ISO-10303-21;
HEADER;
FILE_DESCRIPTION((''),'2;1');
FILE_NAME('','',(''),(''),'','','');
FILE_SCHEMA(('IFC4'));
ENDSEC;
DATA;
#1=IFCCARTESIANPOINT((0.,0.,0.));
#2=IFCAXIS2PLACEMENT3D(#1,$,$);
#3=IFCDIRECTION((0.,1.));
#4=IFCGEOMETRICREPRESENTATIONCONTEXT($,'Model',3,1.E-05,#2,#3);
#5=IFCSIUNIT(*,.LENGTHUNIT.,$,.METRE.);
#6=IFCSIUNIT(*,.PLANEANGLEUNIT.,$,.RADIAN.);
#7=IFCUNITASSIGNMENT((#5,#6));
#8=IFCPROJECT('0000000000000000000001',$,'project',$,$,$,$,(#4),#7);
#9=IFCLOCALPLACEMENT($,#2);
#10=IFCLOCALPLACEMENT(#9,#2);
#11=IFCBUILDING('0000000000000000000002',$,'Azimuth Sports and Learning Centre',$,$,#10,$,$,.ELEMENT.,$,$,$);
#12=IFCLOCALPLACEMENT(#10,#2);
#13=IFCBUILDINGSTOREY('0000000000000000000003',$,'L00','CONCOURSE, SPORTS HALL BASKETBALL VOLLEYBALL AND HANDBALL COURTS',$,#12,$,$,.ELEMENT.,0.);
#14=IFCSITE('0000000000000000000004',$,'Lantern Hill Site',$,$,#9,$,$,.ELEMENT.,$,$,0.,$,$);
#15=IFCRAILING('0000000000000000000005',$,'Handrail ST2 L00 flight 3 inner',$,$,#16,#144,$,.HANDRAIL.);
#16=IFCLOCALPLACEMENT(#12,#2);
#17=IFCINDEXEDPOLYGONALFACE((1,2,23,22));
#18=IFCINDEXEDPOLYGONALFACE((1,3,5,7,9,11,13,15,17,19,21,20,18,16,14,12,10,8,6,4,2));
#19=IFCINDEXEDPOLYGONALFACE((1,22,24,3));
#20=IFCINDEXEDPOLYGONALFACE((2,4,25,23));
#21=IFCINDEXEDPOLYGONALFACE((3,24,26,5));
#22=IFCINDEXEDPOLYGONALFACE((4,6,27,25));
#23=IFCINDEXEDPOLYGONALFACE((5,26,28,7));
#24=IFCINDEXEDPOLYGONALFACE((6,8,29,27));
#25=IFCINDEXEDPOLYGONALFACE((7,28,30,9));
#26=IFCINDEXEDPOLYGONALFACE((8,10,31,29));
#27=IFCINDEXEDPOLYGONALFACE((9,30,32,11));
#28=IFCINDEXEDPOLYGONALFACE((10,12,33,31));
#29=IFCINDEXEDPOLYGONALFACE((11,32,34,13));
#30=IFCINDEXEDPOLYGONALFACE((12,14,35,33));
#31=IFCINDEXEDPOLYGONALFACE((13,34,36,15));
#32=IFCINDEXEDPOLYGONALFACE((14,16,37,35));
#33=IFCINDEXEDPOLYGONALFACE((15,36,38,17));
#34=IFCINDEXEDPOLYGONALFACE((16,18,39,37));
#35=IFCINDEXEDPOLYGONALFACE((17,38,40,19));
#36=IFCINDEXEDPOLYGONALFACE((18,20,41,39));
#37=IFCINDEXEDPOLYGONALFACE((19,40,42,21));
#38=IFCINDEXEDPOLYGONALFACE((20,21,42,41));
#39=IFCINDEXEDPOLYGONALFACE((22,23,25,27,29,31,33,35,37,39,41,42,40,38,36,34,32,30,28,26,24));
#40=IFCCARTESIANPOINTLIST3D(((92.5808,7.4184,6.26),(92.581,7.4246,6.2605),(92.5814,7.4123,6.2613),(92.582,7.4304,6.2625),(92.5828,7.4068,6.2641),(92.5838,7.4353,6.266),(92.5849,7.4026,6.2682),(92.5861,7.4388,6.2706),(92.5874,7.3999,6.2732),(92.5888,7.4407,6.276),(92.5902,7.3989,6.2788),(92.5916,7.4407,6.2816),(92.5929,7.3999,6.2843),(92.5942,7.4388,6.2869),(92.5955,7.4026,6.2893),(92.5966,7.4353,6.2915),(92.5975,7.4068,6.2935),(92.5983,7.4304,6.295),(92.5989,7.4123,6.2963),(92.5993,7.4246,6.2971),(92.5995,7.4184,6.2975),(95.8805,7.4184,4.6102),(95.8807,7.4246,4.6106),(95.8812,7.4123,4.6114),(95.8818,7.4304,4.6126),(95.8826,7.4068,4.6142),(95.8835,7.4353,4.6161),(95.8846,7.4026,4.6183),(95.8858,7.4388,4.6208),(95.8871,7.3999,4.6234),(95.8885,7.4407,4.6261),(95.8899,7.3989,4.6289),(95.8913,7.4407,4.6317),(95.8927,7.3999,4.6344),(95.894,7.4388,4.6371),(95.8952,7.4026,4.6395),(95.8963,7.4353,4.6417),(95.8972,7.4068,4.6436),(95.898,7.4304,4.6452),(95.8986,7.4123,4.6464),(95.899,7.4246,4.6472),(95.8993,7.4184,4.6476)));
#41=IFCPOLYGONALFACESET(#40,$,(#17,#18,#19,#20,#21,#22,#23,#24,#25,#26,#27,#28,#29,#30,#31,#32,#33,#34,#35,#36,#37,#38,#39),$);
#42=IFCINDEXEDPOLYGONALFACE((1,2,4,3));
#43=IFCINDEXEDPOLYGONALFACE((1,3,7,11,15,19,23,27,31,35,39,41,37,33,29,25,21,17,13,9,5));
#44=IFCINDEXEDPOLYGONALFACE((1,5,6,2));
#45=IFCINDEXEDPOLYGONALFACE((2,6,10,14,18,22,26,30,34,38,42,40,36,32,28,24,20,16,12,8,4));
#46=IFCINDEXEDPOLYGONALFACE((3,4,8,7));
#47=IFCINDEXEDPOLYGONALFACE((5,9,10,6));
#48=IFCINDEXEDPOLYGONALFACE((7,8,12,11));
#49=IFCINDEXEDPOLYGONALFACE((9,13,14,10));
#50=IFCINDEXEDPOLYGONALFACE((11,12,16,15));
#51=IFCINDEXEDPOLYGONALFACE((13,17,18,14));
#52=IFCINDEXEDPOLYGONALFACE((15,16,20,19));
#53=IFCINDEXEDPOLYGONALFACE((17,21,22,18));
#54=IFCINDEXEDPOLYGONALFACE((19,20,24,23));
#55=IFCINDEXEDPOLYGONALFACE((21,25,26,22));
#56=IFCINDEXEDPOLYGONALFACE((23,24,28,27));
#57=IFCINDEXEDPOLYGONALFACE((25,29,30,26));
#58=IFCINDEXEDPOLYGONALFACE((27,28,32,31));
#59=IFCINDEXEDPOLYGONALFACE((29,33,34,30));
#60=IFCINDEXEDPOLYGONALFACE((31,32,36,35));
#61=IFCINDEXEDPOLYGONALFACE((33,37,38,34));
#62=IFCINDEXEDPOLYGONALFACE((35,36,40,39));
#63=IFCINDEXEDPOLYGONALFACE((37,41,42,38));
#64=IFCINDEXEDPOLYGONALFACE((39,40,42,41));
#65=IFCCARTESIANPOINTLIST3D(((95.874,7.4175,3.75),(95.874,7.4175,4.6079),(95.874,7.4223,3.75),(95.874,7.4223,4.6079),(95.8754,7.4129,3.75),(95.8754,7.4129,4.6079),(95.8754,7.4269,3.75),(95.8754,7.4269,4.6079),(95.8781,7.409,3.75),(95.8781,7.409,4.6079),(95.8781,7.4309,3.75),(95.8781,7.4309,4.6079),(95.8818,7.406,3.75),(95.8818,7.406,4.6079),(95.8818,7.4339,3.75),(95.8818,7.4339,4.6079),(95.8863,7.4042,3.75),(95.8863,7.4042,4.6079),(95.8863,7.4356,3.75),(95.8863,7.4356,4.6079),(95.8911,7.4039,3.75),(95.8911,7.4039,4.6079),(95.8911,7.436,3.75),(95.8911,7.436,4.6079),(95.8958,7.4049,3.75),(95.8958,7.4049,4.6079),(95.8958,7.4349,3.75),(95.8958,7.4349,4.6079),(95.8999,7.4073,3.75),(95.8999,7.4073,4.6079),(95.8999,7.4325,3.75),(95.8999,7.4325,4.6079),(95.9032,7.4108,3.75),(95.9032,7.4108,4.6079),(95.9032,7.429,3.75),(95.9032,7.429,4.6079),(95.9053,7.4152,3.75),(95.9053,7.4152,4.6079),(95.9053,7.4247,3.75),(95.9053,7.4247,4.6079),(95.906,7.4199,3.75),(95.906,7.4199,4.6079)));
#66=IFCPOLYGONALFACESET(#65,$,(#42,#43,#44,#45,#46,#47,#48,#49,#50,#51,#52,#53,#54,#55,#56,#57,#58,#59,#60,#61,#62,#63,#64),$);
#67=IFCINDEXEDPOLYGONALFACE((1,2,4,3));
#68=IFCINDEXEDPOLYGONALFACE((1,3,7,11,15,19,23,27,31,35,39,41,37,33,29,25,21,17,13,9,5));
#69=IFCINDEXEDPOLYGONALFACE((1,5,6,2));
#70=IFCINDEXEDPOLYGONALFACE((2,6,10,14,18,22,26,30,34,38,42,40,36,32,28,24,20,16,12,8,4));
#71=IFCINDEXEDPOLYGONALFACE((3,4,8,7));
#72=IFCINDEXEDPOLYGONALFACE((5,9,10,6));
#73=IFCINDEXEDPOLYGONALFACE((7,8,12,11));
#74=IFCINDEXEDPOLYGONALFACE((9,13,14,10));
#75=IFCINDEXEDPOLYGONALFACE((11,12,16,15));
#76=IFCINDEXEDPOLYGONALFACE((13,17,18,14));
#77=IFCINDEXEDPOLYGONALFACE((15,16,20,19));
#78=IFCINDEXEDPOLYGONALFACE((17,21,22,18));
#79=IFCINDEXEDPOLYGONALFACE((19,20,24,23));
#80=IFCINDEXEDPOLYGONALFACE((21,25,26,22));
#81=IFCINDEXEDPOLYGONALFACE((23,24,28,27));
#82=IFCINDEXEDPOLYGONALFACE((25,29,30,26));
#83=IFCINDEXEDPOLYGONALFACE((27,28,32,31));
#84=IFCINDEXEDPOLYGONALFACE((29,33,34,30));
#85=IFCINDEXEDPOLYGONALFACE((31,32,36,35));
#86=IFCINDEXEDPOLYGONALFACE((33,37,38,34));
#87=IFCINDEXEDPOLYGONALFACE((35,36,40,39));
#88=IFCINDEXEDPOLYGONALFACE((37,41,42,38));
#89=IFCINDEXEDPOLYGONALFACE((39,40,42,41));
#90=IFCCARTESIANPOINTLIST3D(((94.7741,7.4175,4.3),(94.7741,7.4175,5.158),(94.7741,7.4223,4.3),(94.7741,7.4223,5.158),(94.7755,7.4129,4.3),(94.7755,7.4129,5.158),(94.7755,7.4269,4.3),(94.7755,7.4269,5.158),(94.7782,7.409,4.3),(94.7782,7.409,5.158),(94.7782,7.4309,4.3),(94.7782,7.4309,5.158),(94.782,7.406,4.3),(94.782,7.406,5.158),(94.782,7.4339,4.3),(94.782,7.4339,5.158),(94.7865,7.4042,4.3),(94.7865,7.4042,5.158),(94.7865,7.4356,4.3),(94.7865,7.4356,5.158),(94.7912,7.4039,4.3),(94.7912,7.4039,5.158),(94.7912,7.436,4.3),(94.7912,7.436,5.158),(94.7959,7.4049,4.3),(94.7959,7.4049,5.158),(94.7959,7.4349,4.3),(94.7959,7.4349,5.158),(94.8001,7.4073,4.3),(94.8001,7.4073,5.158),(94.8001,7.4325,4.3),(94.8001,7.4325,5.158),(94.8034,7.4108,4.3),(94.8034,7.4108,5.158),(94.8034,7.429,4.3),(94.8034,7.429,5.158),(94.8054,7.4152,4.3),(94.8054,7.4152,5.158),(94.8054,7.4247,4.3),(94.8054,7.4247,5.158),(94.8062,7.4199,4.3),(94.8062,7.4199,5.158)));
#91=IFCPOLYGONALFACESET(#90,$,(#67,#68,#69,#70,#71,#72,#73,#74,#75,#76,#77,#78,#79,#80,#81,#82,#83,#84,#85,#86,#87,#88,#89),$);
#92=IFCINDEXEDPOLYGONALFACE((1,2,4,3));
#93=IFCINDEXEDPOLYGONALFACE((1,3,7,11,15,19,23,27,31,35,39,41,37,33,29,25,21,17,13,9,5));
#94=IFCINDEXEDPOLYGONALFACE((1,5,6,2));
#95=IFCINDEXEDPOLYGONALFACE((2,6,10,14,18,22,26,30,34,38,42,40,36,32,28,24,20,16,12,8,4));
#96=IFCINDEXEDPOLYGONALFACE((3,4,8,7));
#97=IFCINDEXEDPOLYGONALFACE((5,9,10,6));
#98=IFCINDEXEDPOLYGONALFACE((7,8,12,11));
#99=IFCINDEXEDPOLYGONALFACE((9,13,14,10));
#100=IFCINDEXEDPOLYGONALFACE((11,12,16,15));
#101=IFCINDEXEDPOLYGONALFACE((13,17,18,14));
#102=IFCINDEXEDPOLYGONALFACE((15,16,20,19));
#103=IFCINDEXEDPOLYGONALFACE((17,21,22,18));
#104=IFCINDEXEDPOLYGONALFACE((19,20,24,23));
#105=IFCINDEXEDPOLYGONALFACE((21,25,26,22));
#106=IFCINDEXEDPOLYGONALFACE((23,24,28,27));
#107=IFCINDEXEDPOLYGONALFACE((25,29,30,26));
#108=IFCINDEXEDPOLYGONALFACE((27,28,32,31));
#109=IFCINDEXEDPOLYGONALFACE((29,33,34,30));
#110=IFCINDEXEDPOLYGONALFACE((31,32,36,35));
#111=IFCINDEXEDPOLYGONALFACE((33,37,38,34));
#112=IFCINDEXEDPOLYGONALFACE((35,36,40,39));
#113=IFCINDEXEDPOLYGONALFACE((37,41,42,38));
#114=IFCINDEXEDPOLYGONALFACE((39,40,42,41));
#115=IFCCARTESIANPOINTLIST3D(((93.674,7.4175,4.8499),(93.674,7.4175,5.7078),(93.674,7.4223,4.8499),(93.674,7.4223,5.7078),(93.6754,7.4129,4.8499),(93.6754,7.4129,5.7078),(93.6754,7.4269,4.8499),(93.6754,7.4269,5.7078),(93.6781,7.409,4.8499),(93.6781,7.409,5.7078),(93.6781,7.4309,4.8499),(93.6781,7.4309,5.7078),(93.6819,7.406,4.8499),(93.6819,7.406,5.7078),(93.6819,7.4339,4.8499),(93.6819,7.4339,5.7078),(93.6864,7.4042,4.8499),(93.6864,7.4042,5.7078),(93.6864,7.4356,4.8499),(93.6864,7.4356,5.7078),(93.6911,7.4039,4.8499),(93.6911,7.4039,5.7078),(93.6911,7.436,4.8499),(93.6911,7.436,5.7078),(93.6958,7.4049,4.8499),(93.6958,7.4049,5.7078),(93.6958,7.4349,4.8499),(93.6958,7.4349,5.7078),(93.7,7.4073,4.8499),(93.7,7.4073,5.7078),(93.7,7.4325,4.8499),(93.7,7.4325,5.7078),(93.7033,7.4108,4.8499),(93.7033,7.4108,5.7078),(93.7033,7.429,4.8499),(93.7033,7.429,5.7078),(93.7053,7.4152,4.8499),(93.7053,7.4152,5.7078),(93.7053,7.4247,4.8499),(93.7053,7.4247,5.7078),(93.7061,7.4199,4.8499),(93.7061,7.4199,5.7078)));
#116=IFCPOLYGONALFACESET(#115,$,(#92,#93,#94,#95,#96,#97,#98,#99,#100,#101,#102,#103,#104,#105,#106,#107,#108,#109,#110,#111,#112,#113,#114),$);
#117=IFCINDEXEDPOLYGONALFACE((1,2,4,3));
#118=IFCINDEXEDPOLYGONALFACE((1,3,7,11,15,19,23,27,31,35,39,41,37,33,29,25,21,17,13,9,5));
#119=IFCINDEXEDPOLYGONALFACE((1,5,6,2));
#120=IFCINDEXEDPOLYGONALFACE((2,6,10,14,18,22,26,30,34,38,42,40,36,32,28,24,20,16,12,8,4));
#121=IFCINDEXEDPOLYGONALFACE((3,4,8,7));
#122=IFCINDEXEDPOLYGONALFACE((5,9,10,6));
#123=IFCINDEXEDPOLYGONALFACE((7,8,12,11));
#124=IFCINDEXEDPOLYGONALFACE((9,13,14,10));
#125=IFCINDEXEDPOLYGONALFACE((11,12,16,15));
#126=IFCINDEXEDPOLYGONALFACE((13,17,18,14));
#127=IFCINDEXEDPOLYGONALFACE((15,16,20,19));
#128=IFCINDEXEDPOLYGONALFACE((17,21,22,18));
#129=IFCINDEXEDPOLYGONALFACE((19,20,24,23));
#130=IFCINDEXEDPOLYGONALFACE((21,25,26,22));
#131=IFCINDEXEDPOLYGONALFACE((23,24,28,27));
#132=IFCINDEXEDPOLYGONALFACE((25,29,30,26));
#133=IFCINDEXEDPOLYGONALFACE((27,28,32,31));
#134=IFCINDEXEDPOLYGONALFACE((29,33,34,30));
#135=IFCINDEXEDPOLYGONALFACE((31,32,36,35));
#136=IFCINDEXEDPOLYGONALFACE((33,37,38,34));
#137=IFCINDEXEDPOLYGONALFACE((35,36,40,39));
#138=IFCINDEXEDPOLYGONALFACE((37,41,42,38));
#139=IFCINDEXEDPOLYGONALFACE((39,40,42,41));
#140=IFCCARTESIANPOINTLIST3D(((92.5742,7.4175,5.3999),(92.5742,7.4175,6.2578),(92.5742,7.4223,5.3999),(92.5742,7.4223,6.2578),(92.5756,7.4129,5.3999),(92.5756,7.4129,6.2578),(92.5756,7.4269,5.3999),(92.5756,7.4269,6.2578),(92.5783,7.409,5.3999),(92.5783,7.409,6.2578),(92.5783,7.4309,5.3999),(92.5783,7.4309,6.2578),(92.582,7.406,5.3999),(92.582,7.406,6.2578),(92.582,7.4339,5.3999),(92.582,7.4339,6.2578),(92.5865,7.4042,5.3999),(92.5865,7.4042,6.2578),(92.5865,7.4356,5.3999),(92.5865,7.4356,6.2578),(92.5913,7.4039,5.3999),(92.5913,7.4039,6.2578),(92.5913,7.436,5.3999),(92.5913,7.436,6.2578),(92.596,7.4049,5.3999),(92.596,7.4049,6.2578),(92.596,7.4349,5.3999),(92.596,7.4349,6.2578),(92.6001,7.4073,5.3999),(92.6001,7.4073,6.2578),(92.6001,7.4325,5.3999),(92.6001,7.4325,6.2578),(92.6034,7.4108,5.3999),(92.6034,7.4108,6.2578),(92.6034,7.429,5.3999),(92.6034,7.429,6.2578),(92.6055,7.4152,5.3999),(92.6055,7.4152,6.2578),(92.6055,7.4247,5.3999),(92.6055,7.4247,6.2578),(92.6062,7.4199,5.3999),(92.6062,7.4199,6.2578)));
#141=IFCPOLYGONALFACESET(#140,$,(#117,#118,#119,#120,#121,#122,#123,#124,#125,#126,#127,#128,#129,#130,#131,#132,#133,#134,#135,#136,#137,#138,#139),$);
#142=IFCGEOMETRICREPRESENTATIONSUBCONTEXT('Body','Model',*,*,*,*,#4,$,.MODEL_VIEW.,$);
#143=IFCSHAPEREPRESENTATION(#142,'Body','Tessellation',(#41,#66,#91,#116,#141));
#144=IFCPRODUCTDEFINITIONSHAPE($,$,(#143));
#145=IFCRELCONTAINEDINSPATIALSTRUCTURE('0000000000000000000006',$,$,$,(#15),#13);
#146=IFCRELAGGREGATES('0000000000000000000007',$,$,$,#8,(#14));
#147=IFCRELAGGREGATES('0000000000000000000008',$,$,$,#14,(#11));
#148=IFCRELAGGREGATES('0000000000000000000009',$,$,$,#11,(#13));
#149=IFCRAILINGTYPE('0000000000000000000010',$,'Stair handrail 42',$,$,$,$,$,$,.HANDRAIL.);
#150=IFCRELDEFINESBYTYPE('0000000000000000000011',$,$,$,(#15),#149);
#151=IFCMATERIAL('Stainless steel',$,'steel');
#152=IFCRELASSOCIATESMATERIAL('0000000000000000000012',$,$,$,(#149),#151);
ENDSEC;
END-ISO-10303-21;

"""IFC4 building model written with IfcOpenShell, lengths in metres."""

from ifc_helpers import new_model, si_unit, direction, frame, origin, origin_2d, place, context, subcontext, project, spatial, circle, extrude, material, type_object, element, save


model = new_model("IFC4")

# Units and contexts
model_context = context("Model", 3, precision=1e-05, world=origin(), true_north=direction((0.0, 1.0)))
body_context = subcontext(model_context, "Body", "Model", "MODEL_VIEW")
ifc_project = project(units=[si_unit("LENGTHUNIT", "METRE"), si_unit("PLANEANGLEUNIT", "RADIAN")], contexts=[model_context])

# Site, building, storey
site_placement = place(None, origin())
site = spatial("IfcSite", under=ifc_project, at=site_placement, Name="Lantern Hill Site", CompositionType="ELEMENT", RefElevation=0.0)
building_placement = place(site_placement, origin())
building = spatial("IfcBuilding", under=site, at=building_placement, Name="Azimuth Sports and Learning Centre", CompositionType="ELEMENT")
storey_placement = place(building_placement, origin())
storey = spatial("IfcBuildingStorey", under=building, at=storey_placement, Name="L00", Description="CONCOURSE, SPORTS HALL BASKETBALL VOLLEYBALL AND HANDBALL COURTS", CompositionType="ELEMENT", Elevation=0.0)

# Railing
ifc_material_1 = material(Name="Stainless steel", Category="steel")
railing_type = type_object("IfcRailingType", Name="Stair handrail 42", PredefinedType="HANDRAIL", material=ifc_material_1)
for number, where, name in (
    (1, (95.8899, 7.4199, 3.75), "Handrail ST2 L00 flight 3 inner"),
):
    element("IfcRailing", number, at=place(storey_placement, frame(where)), inside=storey, type_object=railing_type, Name=name, PredefinedType="HANDRAIL", context=body_context, shape_type="SweptSolid", body=[
        extrude(circle(Radius=0.021, at=origin_2d()), frame((0.0, 0.0, 0.8789), z_axis=(-0.894427, 0.0, 0.447214), x_axis=(0.0, -1.0, 0.0)), (0.0, 0.0, 1.0), 3.6892),
        extrude(circle(Radius=0.0161, at=origin_2d()), origin(), (0.0, 0.0, 1.0), 0.8579),
        extrude(circle(Radius=0.0161, at=origin_2d()), frame((-1.0999, 0.0, 0.55)), (0.0, 0.0, 1.0), 0.8579),
        extrude(circle(Radius=0.0161, at=origin_2d()), frame((-2.2, 0.0, 1.0999)), (0.0, 0.0, 1.0), 0.8579),
        extrude(circle(Radius=0.0161, at=origin_2d()), frame((-3.2998, 0.0, 1.6499)), (0.0, 0.0, 1.0), 0.8579),
    ])

save(model, "model.ifc")
